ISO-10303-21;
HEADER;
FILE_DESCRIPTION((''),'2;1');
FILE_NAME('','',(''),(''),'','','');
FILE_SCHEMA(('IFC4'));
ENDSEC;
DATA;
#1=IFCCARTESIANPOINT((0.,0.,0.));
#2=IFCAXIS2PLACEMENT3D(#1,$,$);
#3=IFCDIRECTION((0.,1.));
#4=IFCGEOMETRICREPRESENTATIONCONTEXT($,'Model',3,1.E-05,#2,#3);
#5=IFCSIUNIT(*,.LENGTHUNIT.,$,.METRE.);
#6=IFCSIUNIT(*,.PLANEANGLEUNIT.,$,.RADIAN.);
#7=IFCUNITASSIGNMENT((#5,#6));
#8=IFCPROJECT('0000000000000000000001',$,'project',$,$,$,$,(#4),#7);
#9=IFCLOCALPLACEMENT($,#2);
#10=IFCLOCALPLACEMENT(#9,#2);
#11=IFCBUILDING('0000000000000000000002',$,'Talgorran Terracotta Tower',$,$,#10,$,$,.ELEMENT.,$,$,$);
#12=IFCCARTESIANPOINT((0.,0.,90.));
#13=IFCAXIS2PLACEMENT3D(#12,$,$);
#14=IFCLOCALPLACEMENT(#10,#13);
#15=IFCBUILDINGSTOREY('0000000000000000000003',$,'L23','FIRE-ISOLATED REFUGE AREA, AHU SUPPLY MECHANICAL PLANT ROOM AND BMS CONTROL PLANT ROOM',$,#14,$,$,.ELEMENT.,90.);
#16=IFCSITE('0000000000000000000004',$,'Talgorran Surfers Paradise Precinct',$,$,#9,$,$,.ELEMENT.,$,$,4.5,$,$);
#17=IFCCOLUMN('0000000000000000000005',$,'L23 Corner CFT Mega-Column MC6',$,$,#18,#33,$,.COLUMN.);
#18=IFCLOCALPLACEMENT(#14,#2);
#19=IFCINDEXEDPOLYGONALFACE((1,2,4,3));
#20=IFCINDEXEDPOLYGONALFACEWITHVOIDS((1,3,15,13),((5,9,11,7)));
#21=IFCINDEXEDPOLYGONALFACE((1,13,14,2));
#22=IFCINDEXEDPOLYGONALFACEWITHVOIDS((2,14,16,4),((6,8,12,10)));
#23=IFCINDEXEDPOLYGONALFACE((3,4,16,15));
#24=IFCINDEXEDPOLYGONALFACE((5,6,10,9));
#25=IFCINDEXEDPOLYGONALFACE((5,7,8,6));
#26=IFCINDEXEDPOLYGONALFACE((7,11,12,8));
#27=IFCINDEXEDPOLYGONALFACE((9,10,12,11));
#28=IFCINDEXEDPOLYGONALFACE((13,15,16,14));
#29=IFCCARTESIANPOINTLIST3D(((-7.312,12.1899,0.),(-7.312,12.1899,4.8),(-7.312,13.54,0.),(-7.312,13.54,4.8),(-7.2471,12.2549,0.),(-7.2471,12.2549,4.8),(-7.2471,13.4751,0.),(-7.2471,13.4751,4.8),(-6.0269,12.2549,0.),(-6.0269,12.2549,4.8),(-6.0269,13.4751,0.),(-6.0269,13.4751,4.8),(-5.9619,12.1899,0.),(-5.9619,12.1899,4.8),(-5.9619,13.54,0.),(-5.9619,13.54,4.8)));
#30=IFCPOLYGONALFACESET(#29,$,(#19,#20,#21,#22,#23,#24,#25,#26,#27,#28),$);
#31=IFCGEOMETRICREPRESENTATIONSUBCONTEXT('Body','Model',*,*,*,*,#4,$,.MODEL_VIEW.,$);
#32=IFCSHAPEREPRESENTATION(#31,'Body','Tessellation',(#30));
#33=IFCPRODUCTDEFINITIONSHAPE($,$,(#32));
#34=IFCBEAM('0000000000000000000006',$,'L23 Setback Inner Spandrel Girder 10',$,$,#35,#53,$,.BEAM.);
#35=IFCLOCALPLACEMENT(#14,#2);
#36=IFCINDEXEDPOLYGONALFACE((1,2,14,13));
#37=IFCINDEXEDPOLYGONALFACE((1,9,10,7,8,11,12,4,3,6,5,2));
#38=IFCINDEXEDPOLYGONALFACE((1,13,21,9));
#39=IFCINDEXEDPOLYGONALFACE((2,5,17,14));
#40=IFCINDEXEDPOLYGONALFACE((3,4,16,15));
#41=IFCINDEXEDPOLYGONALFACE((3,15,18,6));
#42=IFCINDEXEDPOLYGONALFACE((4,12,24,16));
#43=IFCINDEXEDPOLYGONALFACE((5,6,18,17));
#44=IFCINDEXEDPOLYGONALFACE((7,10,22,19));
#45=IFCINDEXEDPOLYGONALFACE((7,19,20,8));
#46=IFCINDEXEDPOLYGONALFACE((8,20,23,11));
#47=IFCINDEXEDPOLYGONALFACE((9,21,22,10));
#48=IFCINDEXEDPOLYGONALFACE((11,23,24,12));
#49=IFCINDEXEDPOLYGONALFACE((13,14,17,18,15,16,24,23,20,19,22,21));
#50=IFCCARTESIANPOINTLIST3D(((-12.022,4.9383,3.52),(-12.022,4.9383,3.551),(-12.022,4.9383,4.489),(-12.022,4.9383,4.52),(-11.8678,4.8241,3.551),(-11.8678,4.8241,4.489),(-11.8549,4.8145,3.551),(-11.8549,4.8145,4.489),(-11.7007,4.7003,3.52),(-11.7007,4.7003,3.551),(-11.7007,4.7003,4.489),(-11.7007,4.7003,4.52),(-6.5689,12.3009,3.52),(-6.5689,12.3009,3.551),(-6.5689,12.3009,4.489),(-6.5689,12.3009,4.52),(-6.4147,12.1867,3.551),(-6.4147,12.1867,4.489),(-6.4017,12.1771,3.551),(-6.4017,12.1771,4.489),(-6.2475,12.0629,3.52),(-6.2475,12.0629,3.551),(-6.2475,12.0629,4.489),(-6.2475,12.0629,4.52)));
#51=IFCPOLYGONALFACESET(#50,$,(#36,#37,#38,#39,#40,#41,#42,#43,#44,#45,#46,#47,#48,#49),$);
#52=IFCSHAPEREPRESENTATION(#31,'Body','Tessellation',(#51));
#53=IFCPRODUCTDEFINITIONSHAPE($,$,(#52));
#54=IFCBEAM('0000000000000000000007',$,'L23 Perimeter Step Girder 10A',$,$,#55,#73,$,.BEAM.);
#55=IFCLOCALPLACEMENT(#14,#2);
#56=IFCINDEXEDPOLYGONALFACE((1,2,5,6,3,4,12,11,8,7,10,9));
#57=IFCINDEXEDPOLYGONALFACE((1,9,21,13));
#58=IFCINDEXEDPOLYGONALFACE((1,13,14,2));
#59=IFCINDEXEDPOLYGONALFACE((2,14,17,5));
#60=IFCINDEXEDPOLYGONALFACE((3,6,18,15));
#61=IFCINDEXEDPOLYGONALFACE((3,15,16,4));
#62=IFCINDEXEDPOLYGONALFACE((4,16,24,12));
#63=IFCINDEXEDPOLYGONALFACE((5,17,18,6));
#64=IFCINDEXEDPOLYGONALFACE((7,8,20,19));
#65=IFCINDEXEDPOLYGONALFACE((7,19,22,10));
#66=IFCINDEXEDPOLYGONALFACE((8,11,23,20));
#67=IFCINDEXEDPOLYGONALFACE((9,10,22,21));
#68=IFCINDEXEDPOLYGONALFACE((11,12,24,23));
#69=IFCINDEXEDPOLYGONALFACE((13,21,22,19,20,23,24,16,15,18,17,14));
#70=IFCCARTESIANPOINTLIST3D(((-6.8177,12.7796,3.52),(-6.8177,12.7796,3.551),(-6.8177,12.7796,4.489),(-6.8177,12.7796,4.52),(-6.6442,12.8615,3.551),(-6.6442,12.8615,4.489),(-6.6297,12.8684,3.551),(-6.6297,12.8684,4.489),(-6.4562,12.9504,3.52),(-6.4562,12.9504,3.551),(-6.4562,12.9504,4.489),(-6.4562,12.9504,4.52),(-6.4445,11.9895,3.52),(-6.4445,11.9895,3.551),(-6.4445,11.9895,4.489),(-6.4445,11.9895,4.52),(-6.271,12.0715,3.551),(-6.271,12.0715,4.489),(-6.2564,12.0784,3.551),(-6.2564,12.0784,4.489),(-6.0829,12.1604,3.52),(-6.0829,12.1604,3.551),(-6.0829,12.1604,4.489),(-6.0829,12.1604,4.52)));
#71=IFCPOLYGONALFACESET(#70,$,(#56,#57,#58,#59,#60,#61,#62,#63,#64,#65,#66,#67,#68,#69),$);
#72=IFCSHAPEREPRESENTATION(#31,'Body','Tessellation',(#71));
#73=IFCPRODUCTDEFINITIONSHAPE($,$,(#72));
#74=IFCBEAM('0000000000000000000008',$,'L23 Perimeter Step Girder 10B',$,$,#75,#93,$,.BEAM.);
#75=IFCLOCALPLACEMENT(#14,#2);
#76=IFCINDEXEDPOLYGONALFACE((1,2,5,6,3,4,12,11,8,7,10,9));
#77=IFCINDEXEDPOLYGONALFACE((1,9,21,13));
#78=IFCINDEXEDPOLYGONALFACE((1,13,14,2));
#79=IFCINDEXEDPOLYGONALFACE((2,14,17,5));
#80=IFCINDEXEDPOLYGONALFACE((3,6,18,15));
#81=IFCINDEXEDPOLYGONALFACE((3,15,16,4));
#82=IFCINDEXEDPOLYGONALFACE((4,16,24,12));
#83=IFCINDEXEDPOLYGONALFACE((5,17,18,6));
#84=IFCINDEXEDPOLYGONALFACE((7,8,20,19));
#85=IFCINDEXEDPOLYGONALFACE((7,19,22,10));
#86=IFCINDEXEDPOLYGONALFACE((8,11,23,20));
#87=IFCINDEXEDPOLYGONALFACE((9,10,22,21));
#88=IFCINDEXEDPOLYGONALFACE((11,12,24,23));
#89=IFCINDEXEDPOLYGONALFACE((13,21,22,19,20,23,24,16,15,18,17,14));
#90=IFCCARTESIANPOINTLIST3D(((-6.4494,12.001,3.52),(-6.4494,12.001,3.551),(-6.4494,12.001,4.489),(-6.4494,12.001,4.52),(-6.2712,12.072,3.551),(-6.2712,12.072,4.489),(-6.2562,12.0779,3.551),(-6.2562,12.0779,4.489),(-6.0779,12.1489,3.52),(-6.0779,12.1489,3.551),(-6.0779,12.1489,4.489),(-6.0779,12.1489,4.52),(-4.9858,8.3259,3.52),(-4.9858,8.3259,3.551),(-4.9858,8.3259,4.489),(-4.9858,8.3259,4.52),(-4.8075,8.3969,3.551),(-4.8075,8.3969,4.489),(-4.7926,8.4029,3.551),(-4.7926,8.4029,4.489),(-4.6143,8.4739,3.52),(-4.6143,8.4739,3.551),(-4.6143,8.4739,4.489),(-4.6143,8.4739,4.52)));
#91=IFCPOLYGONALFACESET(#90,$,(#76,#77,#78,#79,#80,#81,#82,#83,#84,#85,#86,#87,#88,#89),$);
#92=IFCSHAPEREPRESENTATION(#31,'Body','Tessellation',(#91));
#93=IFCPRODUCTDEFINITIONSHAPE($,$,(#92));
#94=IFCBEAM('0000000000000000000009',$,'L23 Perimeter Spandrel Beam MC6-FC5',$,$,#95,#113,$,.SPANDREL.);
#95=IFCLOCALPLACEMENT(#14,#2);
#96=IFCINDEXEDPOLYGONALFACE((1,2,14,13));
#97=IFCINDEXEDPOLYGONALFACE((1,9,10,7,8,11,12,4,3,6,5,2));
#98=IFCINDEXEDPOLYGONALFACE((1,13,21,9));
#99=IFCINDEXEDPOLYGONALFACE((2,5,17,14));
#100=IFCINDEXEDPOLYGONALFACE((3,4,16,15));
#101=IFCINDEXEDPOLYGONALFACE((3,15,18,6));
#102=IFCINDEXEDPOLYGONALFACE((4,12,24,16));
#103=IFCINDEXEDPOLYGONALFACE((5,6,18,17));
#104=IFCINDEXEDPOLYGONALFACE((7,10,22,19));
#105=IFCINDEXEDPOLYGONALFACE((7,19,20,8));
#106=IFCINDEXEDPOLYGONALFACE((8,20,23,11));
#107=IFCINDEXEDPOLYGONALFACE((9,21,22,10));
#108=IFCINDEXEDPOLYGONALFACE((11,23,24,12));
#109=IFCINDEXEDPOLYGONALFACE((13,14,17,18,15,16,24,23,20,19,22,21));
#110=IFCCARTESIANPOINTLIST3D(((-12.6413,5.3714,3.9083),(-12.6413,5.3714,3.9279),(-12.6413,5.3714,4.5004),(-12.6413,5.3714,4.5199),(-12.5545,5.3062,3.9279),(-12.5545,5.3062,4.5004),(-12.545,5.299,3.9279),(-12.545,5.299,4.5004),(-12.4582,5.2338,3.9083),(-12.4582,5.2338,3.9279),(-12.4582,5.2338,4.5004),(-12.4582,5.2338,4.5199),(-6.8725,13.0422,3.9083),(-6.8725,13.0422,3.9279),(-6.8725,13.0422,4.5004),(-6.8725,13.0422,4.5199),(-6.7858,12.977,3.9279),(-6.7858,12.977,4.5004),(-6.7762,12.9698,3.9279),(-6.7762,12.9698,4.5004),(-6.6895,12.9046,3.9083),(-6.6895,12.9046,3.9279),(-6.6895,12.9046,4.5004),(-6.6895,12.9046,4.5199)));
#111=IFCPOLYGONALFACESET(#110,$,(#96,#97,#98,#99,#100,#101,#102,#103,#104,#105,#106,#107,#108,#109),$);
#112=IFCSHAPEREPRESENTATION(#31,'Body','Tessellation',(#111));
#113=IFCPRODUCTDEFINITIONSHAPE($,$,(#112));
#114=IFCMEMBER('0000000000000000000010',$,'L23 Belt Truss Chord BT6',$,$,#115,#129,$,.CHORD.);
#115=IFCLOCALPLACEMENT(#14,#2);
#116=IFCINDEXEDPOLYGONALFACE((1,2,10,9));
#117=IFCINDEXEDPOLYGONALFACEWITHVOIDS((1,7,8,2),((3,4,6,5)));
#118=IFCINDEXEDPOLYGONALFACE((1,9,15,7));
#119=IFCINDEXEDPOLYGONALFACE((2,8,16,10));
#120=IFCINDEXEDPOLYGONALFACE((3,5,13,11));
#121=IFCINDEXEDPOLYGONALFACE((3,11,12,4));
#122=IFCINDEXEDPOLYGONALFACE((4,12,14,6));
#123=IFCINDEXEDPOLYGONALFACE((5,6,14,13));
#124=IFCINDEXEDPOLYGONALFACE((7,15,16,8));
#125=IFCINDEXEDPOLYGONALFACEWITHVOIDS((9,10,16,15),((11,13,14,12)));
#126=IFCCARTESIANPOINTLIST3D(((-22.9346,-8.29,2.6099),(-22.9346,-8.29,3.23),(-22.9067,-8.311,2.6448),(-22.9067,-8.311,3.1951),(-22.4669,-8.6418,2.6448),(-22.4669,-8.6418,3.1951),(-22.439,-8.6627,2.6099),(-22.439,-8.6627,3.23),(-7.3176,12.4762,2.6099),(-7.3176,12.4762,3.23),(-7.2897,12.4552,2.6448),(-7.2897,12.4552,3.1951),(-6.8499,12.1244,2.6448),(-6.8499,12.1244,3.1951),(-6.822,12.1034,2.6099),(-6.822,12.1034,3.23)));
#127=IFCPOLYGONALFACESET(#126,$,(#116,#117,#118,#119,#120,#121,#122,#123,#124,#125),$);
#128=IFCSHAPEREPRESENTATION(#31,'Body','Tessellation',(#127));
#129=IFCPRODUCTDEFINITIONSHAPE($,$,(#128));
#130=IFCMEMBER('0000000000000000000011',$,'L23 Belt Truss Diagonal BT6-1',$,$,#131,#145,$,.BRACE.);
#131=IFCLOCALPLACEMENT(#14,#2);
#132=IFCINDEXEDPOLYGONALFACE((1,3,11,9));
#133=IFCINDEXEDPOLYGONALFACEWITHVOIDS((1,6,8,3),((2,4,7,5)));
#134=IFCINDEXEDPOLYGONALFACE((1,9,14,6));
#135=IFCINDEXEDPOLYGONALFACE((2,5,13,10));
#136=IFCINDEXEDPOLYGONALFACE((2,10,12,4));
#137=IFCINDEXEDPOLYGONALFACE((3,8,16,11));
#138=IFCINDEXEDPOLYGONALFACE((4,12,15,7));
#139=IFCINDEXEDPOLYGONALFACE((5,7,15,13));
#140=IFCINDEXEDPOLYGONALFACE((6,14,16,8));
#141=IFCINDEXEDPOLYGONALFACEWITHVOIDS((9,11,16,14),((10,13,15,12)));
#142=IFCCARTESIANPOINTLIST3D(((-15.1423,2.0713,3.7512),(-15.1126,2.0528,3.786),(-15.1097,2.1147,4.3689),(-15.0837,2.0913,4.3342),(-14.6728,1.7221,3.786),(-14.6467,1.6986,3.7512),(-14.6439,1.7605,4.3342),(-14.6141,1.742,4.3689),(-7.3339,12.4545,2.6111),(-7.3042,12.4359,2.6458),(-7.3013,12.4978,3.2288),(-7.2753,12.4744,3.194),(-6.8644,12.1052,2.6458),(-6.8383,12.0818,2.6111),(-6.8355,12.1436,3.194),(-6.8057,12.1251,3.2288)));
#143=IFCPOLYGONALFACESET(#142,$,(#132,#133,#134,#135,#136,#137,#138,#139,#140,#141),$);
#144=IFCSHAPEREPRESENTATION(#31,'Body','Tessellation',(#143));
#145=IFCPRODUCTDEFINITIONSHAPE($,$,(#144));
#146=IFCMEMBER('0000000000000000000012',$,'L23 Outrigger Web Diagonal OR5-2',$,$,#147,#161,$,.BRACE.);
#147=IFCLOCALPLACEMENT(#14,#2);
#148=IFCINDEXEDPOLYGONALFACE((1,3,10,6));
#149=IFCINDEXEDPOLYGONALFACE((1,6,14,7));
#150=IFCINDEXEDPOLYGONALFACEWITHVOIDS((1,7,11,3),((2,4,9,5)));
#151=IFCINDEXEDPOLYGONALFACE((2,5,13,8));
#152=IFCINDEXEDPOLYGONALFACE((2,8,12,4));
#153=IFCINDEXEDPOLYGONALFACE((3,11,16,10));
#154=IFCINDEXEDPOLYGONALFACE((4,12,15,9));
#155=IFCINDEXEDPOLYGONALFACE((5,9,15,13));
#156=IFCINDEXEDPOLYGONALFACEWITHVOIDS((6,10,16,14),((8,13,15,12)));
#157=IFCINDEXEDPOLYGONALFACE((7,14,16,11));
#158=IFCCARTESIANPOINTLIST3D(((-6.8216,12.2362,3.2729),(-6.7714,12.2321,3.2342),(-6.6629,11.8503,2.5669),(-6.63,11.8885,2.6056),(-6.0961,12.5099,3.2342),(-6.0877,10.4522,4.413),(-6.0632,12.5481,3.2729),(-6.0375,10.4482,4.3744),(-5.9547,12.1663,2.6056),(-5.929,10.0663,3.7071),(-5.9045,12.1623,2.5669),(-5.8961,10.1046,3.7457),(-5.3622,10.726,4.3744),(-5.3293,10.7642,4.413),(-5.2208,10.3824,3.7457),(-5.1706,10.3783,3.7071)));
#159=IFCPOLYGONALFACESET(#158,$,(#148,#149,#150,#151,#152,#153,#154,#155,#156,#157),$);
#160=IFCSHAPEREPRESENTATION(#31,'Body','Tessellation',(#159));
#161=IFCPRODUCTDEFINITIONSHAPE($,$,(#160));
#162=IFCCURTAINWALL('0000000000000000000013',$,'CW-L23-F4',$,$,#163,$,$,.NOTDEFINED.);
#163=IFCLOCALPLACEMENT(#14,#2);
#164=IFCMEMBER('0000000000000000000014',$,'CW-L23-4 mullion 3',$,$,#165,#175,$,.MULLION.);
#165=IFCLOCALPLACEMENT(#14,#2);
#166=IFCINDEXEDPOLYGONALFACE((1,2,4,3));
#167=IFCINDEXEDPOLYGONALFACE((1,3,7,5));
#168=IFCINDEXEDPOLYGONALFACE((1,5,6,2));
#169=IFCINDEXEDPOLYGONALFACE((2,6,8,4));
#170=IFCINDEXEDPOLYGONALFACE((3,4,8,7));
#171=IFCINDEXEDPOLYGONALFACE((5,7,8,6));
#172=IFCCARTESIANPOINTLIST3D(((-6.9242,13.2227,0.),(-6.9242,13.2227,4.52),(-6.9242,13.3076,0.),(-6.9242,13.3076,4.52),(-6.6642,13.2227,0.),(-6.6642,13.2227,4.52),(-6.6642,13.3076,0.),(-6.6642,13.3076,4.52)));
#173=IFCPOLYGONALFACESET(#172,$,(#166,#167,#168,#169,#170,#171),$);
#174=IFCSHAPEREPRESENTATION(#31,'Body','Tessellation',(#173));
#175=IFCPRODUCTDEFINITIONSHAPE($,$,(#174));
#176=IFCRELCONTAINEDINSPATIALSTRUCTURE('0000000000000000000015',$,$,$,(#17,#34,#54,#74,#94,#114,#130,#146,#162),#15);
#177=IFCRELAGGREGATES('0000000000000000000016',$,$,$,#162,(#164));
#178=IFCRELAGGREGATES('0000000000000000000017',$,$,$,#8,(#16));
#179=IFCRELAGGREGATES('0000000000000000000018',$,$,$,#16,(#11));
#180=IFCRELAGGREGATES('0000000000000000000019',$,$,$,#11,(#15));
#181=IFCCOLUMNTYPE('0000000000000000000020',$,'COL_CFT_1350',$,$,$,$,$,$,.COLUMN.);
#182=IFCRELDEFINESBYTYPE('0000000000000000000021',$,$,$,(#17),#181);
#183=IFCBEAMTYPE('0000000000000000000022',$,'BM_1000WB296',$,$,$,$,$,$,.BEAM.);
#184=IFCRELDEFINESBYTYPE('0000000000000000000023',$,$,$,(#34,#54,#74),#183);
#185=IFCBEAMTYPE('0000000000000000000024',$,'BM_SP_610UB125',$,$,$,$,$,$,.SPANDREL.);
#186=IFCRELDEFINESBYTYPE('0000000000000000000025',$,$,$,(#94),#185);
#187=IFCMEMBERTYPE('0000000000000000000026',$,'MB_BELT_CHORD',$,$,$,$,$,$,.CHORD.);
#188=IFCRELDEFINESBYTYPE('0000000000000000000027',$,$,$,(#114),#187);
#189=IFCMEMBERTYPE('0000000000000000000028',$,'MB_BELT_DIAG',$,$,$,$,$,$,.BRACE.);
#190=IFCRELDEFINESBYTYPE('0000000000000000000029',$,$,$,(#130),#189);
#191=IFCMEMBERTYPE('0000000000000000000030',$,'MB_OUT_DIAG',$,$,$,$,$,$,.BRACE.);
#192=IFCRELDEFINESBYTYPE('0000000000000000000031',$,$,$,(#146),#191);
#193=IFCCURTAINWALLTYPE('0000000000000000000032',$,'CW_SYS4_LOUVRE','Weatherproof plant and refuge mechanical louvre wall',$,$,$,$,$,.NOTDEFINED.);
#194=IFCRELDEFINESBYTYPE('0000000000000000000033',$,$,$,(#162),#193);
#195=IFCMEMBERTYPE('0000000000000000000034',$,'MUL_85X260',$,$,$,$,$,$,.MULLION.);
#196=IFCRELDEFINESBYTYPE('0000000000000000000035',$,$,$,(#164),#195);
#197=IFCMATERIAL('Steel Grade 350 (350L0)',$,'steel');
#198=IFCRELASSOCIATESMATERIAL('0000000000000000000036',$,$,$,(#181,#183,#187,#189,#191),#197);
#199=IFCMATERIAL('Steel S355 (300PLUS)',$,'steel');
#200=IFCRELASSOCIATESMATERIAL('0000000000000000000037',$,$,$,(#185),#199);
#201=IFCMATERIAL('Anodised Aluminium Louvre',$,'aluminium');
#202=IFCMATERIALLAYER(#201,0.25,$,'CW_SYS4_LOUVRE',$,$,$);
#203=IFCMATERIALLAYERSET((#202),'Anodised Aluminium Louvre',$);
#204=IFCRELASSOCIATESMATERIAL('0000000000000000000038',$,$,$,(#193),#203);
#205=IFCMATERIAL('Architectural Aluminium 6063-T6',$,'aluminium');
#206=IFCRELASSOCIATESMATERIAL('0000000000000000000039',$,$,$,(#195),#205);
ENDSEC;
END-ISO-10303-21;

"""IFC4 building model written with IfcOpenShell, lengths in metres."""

from ifc_helpers import new_model, si_unit, direction, frame, origin, origin_2d, place, context, subcontext, project, spatial, rectangle, hollow_rectangle, i_section, extrude, material, layer, layer_set, material_profile, profile_set, type_object, element, aggregate, save


model = new_model("IFC4")

# Units and contexts
model_context = context("Model", 3, precision=1e-05, world=origin(), true_north=direction((0.0, 1.0)))
body_context = subcontext(model_context, "Body", "Model", "MODEL_VIEW")
ifc_project = project(units=[si_unit("LENGTHUNIT", "METRE"), si_unit("PLANEANGLEUNIT", "RADIAN")], contexts=[model_context])

# Site, building, storey
site_placement = place(None, origin())
site = spatial("IfcSite", under=ifc_project, at=site_placement, Name="Talgorran Surfers Paradise Precinct", CompositionType="ELEMENT", RefElevation=4.5)
building_placement = place(site_placement, origin())
building = spatial("IfcBuilding", under=site, at=building_placement, Name="Talgorran Terracotta Tower", CompositionType="ELEMENT")
storey_placement = place(building_placement, frame((0.0, 0.0, 90.0)))
storey = spatial("IfcBuildingStorey", under=building, at=storey_placement, Name="L23", Description="FIRE-ISOLATED REFUGE AREA, AHU SUPPLY MECHANICAL PLANT ROOM AND BMS CONTROL PLANT ROOM", CompositionType="ELEMENT", Elevation=90.0)

# Column
ifc_material_1 = material(Name="Steel Grade 350 (350L0)", Category="steel")
ifc_material_profile_1 = material_profile(ifc_material_1, hollow_rectangle(XDim=1.3501, YDim=1.3501, WallThickness=0.0649, at=origin_2d()), Name="CFT1350X1350X65")
ifc_profile_set_1 = profile_set([ifc_material_profile_1], Name="Steel Grade 350 (350L0)")
column_type = type_object("IfcColumnType", Name="COL_CFT_1350", PredefinedType="COLUMN", material=ifc_profile_set_1)
column_placement = place(storey_placement, frame((-6.637, 12.865, 0.0), z_axis=(0.0, 0.0, 1.0), x_axis=(1.0, 0.0, 0.0)))
element("IfcColumn", 1, at=column_placement, inside=storey, type_object=column_type, Name="L23 Corner CFT Mega-Column MC6", PredefinedType="COLUMN", context=body_context, shape_type="SweptSolid", body=[
    extrude(hollow_rectangle(XDim=1.3501, YDim=1.3501, WallThickness=0.0649, at=origin_2d()), origin(), (0.0, 0.0, 1.0), 4.8),
])

# Beams
ifc_material_profile_2 = material_profile(ifc_material_1, i_section(OverallWidth=0.3999, OverallDepth=1.0, WebThickness=0.0161, FlangeThickness=0.031, at=origin_2d()), Name="1000WB296")
ifc_profile_set_2 = profile_set([ifc_material_profile_2], Name="Steel Grade 350 (350L0)")
beam_type_1 = type_object("IfcBeamType", Name="BM_1000WB296", PredefinedType="BEAM", material=ifc_profile_set_2)
beam_1_placement = place(storey_placement, frame((-6.4082, 12.1819, 4.02), z_axis=(-0.595184, -0.803589, 0.0), x_axis=(0.803589, -0.595184, 0.0)))
element("IfcBeam", 2, at=beam_1_placement, inside=storey, type_object=beam_type_1, Name="L23 Setback Inner Spandrel Girder 10", PredefinedType="BEAM", context=body_context, shape_type="SweptSolid", body=[
    extrude(i_section(OverallWidth=0.3999, OverallDepth=1.0, WebThickness=0.0161, FlangeThickness=0.031, at=origin_2d()), origin(), (0.0, 0.0, 1.0), 9.1621),
])
beam_2_placement = place(storey_placement, frame((-6.637, 12.865, 4.02), z_axis=(0.427209, -0.904153, 0.0), x_axis=(0.904153, 0.427209, 0.0)))
element("IfcBeam", 3, at=beam_2_placement, inside=storey, type_object=beam_type_1, Name="L23 Perimeter Step Girder 10A", PredefinedType="BEAM", context=body_context, shape_type="SweptSolid", body=[
    extrude(i_section(OverallWidth=0.3999, OverallDepth=1.0, WebThickness=0.0161, FlangeThickness=0.031, at=origin_2d()), origin(), (0.0, 0.0, 1.0), 0.8738),
])
beam_3_placement = place(storey_placement, frame((-6.2637, 12.075, 4.02), z_axis=(0.369996, -0.929033, 0.0), x_axis=(0.929033, 0.369996, 0.0)))
element("IfcBeam", 4, at=beam_3_placement, inside=storey, type_object=beam_type_1, Name="L23 Perimeter Step Girder 10B", PredefinedType="BEAM", context=body_context, shape_type="SweptSolid", body=[
    extrude(i_section(OverallWidth=0.3999, OverallDepth=1.0, WebThickness=0.0161, FlangeThickness=0.031, at=origin_2d()), origin(), (0.0, 0.0, 1.0), 3.9558),
])
ifc_material_2 = material(Name="Steel S355 (300PLUS)", Category="steel")
ifc_material_profile_3 = material_profile(ifc_material_2, i_section(OverallWidth=0.229, OverallDepth=0.6116, WebThickness=0.012, FlangeThickness=0.0195, at=origin_2d()), Name="610UB125")
ifc_profile_set_3 = profile_set([ifc_material_profile_3], Name="Steel S355 (300PLUS)")
beam_type_2 = type_object("IfcBeamType", Name="BM_SP_610UB125", PredefinedType="SPANDREL", material=ifc_profile_set_3)
beam_4_placement = place(storey_placement, frame((-6.781, 12.9734, 4.2141), z_axis=(-0.601041, -0.799218, 0.0), x_axis=(0.799218, -0.601041, 0.0)))
element("IfcBeam", 5, at=beam_4_placement, inside=storey, type_object=beam_type_2, Name="L23 Perimeter Spandrel Beam MC6-FC5", PredefinedType="SPANDREL", context=body_context, shape_type="SweptSolid", body=[
    extrude(i_section(OverallWidth=0.229, OverallDepth=0.6116, WebThickness=0.012, FlangeThickness=0.0195, at=origin_2d()), origin(), (0.0, 0.0, 1.0), 9.5979),
])

# Members
ifc_material_profile_4 = material_profile(ifc_material_1, hollow_rectangle(XDim=0.6201, YDim=0.6201, WallThickness=0.0349, at=origin_2d()), Name="WBOX620X620X35")
ifc_profile_set_4 = profile_set([ifc_material_profile_4], Name="Steel Grade 350 (350L0)")
member_type_1 = type_object("IfcMemberType", Name="MB_BELT_CHORD", PredefinedType="CHORD", material=ifc_profile_set_4)
member_1_placement = place(storey_placement, frame((-7.0698, 12.2898, 2.9199), z_axis=(-0.601043, -0.799217, 0.0), x_axis=(0.799217, -0.601043, 0.0)))
element("IfcMember", 6, at=member_1_placement, inside=storey, type_object=member_type_1, Name="L23 Belt Truss Chord BT6", PredefinedType="CHORD", context=body_context, shape_type="SweptSolid", body=[
    extrude(hollow_rectangle(XDim=0.6201, YDim=0.6201, WallThickness=0.0349, at=origin_2d()), origin(), (0.0, 0.0, 1.0), 25.9832),
])
ifc_material_profile_5 = material_profile(ifc_material_1, hollow_rectangle(XDim=0.6201, YDim=0.6201, WallThickness=0.0349, at=origin_2d()), Name="WBOX620X620X35")
ifc_profile_set_5 = profile_set([ifc_material_profile_5], Name="Steel Grade 350 (350L0)")
member_type_2 = type_object("IfcMemberType", Name="MB_BELT_DIAG", PredefinedType="BRACE", material=ifc_profile_set_5)
member_2_placement = place(storey_placement, frame((-7.0698, 12.2898, 2.9199), z_axis=(-0.598736, -0.796161, 0.087424), x_axis=(0.799221, -0.601037, 0.0)))
element("IfcMember", 7, at=member_2_placement, inside=storey, type_object=member_type_2, Name="L23 Belt Truss Diagonal BT6-1", PredefinedType="BRACE", context=body_context, shape_type="SweptSolid", body=[
    extrude(hollow_rectangle(XDim=0.6201, YDim=0.6201, WallThickness=0.0349, at=origin_2d()), origin(), (0.0, 0.0, 1.0), 13.0415),
])
ifc_material_profile_6 = material_profile(ifc_material_1, hollow_rectangle(XDim=0.8201, YDim=0.8201, WallThickness=0.0449, at=origin_2d()), Name="WBOX820X820X45")
ifc_profile_set_6 = profile_set([ifc_material_profile_6], Name="Steel Grade 350 (350L0)")
member_type_3 = type_object("IfcMemberType", Name="MB_OUT_DIAG", PredefinedType="BRACE", material=ifc_profile_set_6)
member_3_placement = place(storey_placement, frame((-5.6292, 10.4153, 4.0601), z_axis=(-0.327519, 0.796136, -0.508821), x_axis=(-0.924801, -0.380451, 0.0)))
element("IfcMember", 8, at=member_3_placement, inside=storey, type_object=member_type_3, Name="L23 Outrigger Web Diagonal OR5-2", PredefinedType="BRACE", context=body_context, shape_type="SweptSolid", body=[
    extrude(hollow_rectangle(XDim=0.8201, YDim=0.8201, WallThickness=0.0449, at=origin_2d()), origin(), (0.0, 0.0, 1.0), 2.2407),
])

# Curtain wall, member
ifc_material_3 = material(Name="Anodised Aluminium Louvre", Category="aluminium")
ifc_layer_1 = layer(ifc_material_3, 0.25, Name="CW_SYS4_LOUVRE")
ifc_layer_set_1 = layer_set([ifc_layer_1], Name="Anodised Aluminium Louvre")
curtain_wall_type = type_object("IfcCurtainWallType", Name="CW_SYS4_LOUVRE", Description="Weatherproof plant and refuge mechanical louvre wall", PredefinedType="NOTDEFINED", material=ifc_layer_set_1)
curtain_wall_1_placement = place(storey_placement, origin())
curtain_wall_1 = element("IfcCurtainWall", 9, at=curtain_wall_1_placement, inside=storey, type_object=curtain_wall_type, Name="CW-L23-F4", PredefinedType="NOTDEFINED")
ifc_material_4 = material(Name="Architectural Aluminium 6063-T6", Category="aluminium")
ifc_material_profile_7 = material_profile(ifc_material_4, rectangle(XDim=0.085, YDim=0.26, at=origin_2d()), Name="CWM85X260")
ifc_profile_set_7 = profile_set([ifc_material_profile_7], Name="Architectural Aluminium 6063-T6")
member_type_4 = type_object("IfcMemberType", Name="MUL_85X260", PredefinedType="MULLION", material=ifc_profile_set_7)
member_4_placement = place(storey_placement, frame((-6.7942, 13.2651, 0.0), z_axis=(0.0, 0.0, 1.0), x_axis=(0.0, -1.0, 0.0)))
member_4 = element("IfcMember", 10, at=member_4_placement, type_object=member_type_4, Name="CW-L23-4 mullion 3", PredefinedType="MULLION", context=body_context, shape_type="SweptSolid", body=[
    extrude(rectangle(XDim=0.085, YDim=0.26, at=origin_2d()), origin(), (0.0, 0.0, 1.0), 4.52),
])

aggregate(curtain_wall_1, [member_4])

save(model, "model.ifc")
